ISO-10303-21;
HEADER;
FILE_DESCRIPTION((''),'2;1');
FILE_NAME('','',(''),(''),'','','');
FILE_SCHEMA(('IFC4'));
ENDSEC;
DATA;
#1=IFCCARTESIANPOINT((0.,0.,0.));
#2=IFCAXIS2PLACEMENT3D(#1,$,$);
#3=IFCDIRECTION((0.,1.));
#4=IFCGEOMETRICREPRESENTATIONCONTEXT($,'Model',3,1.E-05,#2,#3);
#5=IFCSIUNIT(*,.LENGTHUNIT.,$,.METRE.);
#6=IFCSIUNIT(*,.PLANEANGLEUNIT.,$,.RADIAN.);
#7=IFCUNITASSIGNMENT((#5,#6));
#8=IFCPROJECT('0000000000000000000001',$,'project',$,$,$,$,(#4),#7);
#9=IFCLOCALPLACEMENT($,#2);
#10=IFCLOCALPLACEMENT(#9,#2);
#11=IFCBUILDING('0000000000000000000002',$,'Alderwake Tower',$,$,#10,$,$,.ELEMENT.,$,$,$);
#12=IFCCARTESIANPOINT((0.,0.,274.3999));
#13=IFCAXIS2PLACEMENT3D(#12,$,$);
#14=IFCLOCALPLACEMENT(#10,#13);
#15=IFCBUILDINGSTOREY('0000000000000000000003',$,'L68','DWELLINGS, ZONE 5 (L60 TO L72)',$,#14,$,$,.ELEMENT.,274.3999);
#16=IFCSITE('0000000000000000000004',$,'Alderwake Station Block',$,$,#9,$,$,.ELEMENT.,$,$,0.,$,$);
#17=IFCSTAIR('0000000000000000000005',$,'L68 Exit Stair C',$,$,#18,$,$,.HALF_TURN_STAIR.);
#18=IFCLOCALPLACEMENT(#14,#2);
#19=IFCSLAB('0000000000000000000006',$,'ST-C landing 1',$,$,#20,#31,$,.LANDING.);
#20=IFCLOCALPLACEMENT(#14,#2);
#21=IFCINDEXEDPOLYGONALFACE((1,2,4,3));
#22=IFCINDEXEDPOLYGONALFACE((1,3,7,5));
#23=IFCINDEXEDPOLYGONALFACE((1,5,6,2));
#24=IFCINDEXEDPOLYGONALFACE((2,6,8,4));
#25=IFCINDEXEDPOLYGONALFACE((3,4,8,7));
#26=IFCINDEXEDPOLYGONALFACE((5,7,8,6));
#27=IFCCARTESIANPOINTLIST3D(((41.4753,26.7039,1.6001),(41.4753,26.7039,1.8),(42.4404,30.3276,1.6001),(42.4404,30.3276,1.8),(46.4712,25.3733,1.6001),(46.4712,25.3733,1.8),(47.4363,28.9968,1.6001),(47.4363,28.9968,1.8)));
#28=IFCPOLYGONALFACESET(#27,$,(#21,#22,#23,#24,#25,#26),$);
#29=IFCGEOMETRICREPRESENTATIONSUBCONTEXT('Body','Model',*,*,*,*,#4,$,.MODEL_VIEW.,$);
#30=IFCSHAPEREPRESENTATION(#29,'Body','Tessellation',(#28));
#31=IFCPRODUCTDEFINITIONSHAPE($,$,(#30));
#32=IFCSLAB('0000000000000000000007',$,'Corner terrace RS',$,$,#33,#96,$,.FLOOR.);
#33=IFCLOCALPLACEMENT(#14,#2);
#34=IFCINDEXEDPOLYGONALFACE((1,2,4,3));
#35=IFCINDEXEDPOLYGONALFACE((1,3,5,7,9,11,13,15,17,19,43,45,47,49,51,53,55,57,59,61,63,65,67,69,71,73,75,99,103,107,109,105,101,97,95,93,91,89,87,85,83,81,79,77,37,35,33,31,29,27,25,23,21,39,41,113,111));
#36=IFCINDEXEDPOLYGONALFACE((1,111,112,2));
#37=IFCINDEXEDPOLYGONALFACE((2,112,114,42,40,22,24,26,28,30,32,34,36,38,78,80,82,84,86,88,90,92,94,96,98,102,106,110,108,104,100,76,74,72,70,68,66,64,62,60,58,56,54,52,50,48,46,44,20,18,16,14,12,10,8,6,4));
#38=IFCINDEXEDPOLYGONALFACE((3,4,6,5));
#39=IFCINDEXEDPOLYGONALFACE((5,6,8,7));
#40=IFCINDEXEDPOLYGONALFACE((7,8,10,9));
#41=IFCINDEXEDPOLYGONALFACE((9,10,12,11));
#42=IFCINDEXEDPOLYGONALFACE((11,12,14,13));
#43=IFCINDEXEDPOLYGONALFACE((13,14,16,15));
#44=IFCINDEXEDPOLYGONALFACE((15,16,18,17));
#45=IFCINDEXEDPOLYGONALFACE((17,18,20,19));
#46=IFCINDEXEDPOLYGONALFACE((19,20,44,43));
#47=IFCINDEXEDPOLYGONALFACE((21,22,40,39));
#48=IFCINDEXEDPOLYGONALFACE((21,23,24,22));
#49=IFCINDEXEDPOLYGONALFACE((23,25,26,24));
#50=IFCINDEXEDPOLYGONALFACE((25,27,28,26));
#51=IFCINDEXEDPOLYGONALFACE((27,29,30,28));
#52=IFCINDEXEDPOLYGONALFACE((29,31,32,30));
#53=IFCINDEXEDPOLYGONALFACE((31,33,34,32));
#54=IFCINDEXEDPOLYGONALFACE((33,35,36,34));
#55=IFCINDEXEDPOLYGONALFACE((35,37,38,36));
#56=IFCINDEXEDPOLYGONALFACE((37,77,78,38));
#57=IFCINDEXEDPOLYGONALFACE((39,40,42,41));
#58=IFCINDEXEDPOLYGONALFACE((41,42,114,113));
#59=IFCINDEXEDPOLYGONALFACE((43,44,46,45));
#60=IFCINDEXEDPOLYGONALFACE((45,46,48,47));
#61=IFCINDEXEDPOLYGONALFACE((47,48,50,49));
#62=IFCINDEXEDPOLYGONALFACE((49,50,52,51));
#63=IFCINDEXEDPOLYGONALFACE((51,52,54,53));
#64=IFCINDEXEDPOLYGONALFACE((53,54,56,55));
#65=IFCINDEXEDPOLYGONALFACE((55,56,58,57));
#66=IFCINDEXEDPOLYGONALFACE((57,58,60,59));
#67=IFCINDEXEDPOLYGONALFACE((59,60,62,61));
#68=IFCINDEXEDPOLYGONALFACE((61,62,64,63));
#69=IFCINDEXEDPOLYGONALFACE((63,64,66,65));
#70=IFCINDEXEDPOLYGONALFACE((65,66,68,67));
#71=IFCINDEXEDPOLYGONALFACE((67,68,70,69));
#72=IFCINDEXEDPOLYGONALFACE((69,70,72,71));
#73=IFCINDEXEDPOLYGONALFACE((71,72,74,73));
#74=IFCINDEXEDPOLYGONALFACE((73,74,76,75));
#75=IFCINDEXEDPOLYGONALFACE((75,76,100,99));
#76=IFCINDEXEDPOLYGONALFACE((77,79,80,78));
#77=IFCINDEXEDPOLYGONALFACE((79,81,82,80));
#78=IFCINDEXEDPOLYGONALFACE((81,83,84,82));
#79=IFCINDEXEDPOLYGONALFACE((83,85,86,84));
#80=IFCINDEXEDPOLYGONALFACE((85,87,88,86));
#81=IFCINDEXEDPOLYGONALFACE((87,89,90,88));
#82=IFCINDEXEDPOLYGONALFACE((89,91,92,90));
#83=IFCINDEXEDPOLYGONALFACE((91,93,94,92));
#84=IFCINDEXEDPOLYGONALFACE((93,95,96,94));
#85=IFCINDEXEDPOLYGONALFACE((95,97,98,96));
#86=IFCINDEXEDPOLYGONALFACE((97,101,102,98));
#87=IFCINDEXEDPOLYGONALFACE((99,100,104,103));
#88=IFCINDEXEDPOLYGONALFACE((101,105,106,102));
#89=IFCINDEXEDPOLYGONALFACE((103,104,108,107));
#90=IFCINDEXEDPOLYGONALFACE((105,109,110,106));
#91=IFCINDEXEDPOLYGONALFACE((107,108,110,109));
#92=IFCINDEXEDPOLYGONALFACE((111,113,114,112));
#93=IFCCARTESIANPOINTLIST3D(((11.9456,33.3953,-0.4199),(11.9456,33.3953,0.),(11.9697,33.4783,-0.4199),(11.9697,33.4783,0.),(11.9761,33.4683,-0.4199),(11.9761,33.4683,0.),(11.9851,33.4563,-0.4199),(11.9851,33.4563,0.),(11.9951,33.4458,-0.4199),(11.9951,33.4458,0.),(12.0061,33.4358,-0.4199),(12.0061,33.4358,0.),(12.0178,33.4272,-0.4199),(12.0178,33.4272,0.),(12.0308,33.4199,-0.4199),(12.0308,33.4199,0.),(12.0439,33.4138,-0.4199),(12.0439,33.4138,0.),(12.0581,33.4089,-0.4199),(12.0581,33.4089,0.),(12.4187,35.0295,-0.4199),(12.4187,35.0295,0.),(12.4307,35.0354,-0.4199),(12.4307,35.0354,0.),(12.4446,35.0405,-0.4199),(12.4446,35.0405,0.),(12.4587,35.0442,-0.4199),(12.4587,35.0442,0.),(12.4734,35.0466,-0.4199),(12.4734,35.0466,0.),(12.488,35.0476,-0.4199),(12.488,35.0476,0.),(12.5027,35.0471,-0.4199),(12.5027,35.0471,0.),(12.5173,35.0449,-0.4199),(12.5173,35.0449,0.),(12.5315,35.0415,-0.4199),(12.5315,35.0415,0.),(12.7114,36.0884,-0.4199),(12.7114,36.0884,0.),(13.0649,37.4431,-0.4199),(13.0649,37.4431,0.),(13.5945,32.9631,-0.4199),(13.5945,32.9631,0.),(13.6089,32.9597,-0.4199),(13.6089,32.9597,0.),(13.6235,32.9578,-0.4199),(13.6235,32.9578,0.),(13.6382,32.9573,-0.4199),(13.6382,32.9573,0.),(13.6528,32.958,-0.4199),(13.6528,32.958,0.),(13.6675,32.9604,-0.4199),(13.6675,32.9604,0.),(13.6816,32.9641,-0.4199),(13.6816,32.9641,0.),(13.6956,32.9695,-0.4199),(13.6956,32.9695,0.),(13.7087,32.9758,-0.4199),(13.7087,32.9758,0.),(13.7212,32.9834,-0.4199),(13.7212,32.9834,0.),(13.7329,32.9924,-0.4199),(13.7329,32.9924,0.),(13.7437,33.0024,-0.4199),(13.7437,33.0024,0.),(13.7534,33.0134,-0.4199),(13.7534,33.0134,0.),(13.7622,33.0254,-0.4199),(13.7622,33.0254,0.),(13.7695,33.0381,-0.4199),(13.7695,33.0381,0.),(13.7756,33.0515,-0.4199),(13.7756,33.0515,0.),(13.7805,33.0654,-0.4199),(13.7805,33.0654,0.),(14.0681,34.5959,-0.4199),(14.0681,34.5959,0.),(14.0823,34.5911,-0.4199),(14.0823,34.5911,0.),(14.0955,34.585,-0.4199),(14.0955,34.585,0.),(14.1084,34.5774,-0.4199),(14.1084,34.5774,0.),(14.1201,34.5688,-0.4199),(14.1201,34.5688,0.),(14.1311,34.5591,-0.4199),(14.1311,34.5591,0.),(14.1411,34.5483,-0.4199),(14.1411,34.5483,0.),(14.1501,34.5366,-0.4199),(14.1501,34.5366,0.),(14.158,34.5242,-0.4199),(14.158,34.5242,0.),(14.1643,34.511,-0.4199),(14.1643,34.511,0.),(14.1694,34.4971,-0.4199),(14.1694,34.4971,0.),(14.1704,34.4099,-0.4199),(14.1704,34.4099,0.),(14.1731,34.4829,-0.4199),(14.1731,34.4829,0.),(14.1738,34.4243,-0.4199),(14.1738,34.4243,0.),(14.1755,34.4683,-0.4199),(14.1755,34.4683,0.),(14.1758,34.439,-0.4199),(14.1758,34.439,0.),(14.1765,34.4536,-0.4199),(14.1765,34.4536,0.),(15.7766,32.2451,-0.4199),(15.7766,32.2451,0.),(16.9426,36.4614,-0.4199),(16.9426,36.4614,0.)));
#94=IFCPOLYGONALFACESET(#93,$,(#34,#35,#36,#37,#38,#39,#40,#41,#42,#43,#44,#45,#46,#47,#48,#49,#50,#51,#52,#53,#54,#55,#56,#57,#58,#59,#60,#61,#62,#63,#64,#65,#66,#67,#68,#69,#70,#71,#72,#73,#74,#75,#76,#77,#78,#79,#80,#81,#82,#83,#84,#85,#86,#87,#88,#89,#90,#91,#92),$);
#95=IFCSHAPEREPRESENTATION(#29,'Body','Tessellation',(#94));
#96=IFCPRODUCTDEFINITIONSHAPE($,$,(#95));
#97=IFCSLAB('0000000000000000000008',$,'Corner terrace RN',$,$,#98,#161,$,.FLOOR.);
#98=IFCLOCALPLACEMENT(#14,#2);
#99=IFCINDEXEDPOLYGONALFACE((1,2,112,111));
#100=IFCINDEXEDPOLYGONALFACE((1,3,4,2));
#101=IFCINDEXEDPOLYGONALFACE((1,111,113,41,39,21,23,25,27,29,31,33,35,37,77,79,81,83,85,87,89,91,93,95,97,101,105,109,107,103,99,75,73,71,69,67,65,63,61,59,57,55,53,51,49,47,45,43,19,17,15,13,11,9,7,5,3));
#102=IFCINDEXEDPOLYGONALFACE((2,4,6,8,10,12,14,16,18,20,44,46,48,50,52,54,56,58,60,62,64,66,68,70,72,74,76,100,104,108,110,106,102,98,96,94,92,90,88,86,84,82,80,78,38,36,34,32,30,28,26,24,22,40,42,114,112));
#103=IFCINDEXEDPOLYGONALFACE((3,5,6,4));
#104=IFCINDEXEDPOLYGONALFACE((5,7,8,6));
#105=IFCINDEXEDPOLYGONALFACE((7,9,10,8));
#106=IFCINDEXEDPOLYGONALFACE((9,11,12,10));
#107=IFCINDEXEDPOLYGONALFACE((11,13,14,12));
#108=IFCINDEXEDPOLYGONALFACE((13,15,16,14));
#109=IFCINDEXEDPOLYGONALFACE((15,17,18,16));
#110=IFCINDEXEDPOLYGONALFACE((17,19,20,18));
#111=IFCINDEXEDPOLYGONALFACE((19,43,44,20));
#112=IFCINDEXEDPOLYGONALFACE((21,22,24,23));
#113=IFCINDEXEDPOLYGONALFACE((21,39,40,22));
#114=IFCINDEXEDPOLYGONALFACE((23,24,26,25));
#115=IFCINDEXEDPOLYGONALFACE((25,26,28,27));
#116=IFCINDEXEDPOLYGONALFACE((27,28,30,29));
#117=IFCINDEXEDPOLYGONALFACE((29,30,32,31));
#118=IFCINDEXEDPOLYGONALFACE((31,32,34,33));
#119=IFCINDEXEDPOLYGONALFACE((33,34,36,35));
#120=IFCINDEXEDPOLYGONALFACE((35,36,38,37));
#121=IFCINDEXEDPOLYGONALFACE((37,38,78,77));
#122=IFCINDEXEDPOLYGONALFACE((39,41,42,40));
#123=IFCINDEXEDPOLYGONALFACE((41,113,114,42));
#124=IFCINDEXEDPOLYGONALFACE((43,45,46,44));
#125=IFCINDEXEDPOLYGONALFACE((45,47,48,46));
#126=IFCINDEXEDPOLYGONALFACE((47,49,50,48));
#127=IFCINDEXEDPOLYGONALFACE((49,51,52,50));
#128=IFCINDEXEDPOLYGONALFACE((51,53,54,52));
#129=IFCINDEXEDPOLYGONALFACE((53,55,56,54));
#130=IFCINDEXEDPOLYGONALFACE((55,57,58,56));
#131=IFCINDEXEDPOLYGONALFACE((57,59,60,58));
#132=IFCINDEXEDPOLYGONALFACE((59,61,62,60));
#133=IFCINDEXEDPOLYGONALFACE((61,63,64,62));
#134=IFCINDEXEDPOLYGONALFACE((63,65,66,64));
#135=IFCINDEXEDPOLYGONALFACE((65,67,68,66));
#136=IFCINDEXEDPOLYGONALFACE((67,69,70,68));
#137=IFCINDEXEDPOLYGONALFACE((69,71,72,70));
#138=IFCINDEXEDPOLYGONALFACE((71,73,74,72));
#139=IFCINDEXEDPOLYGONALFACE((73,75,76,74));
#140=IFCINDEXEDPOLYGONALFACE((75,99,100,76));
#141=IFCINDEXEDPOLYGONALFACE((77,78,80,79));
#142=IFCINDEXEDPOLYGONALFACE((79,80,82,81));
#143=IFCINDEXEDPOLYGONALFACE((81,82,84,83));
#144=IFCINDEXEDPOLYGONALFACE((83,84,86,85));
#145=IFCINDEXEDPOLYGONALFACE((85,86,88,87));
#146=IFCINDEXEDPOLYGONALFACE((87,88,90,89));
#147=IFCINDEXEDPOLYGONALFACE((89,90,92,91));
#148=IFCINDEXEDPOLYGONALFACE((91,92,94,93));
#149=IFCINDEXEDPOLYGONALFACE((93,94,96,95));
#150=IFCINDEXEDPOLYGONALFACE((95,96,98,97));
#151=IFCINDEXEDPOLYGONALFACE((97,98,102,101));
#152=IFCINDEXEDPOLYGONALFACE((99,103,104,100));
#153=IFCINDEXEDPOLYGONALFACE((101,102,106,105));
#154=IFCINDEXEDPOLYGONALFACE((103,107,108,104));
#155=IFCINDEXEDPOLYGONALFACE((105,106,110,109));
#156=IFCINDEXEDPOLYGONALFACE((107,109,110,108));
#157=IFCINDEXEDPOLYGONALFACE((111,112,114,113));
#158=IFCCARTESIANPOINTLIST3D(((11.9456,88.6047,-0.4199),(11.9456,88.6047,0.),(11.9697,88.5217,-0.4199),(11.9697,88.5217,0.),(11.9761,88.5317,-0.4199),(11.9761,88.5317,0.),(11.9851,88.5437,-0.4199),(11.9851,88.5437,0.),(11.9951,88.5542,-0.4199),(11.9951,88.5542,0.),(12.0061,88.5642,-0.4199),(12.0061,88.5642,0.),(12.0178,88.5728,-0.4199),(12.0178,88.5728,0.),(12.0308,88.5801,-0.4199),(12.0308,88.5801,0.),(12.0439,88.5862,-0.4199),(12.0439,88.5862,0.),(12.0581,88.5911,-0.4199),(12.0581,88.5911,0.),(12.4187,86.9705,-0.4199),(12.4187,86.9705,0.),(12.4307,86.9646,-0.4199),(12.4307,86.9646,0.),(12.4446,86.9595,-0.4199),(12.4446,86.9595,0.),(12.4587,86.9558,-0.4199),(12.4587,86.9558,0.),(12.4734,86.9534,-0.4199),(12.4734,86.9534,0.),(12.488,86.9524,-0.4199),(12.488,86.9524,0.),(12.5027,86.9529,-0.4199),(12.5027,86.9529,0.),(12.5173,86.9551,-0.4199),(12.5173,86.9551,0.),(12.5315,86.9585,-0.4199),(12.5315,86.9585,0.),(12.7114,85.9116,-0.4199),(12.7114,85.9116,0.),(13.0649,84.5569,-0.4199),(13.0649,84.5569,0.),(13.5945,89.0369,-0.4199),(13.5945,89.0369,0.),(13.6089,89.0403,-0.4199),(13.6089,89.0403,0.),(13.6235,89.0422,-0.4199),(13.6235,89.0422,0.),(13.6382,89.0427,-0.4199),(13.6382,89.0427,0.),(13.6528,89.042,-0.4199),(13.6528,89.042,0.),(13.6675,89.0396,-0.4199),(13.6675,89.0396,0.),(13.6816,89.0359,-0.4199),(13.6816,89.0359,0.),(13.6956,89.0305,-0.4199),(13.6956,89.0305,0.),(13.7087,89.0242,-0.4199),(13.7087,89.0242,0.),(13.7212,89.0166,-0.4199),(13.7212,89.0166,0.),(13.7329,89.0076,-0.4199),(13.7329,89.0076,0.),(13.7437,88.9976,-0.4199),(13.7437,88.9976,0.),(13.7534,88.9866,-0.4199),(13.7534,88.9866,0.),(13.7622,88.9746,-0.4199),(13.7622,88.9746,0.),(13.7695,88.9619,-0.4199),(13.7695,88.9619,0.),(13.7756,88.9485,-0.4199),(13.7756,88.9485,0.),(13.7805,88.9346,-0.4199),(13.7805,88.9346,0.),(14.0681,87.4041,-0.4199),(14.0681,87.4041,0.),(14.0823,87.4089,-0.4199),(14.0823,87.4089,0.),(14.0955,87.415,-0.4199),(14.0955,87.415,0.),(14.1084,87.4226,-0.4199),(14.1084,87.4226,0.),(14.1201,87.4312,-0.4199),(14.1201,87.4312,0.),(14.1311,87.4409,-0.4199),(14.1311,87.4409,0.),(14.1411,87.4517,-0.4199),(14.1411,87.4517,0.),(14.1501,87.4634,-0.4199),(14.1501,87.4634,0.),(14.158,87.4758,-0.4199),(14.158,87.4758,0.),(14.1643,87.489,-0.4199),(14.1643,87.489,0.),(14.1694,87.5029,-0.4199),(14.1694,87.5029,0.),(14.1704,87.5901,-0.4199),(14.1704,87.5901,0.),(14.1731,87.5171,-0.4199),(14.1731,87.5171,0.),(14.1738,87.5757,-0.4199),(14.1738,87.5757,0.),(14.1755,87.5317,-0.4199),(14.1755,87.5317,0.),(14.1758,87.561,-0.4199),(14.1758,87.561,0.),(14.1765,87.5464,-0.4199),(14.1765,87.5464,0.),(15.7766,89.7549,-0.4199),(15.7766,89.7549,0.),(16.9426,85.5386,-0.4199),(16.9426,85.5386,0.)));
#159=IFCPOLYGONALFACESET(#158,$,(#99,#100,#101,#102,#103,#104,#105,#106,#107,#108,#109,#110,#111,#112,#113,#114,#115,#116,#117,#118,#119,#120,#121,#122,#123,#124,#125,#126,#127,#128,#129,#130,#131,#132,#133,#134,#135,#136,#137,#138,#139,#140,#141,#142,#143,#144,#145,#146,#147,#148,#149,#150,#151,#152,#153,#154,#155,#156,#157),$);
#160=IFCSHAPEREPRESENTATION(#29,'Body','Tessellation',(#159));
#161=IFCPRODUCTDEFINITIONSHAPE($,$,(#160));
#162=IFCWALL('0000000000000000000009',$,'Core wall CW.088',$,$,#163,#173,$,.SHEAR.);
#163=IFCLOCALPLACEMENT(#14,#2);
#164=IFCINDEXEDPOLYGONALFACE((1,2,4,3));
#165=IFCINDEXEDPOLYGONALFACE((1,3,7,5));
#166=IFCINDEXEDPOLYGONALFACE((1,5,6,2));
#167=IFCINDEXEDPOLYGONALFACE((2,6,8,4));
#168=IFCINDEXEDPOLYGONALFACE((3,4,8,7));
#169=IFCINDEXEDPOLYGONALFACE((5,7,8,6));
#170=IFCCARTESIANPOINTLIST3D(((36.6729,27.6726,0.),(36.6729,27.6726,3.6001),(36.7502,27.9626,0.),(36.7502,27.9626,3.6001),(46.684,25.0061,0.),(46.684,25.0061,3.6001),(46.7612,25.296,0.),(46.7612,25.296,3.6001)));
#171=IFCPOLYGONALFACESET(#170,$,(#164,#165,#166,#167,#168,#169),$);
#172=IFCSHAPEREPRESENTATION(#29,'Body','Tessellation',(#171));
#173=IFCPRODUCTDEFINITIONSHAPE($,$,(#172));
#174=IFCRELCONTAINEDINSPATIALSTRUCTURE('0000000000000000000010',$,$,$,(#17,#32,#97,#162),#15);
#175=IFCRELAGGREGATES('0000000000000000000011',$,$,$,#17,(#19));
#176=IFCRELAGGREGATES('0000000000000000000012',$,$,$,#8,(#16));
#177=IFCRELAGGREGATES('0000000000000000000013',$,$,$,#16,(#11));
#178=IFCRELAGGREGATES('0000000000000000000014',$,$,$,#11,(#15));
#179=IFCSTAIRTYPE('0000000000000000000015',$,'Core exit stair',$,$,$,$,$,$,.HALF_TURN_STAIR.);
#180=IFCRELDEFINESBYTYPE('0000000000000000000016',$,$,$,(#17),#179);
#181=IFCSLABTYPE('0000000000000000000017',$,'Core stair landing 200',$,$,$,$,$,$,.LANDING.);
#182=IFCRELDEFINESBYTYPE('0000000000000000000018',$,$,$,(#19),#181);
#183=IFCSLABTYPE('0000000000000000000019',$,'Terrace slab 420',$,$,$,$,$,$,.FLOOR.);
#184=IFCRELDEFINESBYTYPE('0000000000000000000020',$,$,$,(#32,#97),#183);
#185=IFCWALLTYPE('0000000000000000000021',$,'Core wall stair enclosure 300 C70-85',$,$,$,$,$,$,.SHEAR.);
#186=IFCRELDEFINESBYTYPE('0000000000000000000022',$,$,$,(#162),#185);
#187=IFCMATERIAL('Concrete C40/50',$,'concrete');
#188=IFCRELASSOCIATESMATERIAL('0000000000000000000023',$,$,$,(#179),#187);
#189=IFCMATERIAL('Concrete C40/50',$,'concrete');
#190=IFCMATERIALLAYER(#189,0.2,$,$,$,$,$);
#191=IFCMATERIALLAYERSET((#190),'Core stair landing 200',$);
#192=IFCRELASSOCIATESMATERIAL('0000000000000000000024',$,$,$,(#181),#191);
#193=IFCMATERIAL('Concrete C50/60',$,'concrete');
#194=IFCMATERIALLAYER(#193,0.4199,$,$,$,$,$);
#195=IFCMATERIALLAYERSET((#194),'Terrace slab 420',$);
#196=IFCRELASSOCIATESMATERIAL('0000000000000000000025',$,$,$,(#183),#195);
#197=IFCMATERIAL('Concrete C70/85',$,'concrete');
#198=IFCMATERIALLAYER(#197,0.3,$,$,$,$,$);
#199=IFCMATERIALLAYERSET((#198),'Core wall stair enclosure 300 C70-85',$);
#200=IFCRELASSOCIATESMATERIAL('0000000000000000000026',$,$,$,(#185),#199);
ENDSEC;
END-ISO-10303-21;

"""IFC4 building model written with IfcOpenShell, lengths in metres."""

from ifc_helpers import new_model, si_unit, direction, frame, frame_2d, origin, place, context, subcontext, project, spatial, polyline, rectangle, outline, extrude, material, layer, layer_set, type_object, element, aggregate, save


model = new_model("IFC4")

# Units and contexts
model_context = context("Model", 3, precision=1e-05, world=origin(), true_north=direction((0.0, 1.0)))
body_context = subcontext(model_context, "Body", "Model", "MODEL_VIEW")
ifc_project = project(units=[si_unit("LENGTHUNIT", "METRE"), si_unit("PLANEANGLEUNIT", "RADIAN")], contexts=[model_context])

# Site, building, storey
site_placement = place(None, origin())
site = spatial("IfcSite", under=ifc_project, at=site_placement, Name="Alderwake Station Block", CompositionType="ELEMENT", RefElevation=0.0)
building_placement = place(site_placement, origin())
building = spatial("IfcBuilding", under=site, at=building_placement, Name="Alderwake Tower", CompositionType="ELEMENT")
storey_placement = place(building_placement, frame((0.0, 0.0, 274.3999)))
storey = spatial("IfcBuildingStorey", under=building, at=storey_placement, Name="L68", Description="DWELLINGS, ZONE 5 (L60 TO L72)", CompositionType="ELEMENT", Elevation=274.3999)

# Stair, slab
ifc_material_1 = material(Name="Concrete C40/50", Category="concrete")
stair_type = type_object("IfcStairType", Name="Core exit stair", PredefinedType="HALF_TURN_STAIR", material=ifc_material_1)
ifc_material_2 = material(Name="Concrete C40/50", Category="concrete")
ifc_layer_1 = layer(ifc_material_2, 0.2)
ifc_layer_set_1 = layer_set([ifc_layer_1], Name="Core stair landing 200")
slab_type_1 = type_object("IfcSlabType", Name="Core stair landing 200", PredefinedType="LANDING", material=ifc_layer_set_1)
stair_1_placement = place(storey_placement, origin())
stair_1 = element("IfcStair", 1, at=stair_1_placement, inside=storey, type_object=stair_type, Name="L68 Exit Stair C", PredefinedType="HALF_TURN_STAIR")
slab_1_placement = place(storey_placement, frame((0.0, 0.0, 1.6001)))
slab_1 = element("IfcSlab", 2, at=slab_1_placement, type_object=slab_type_1, Name="ST-C landing 1", PredefinedType="LANDING", context=body_context, shape_type="SweptSolid", body=[
    extrude(outline(polyline([(41.4753, 26.7039), (46.4712, 25.3733), (47.4363, 28.9968), (42.4404, 30.3276), (41.4753, 26.7039)])), origin(), (0.0, 0.0, 1.0), 0.2),
])
aggregate(stair_1, [slab_1])

# Slabs
ifc_material_3 = material(Name="Concrete C50/60", Category="concrete")
ifc_layer_2 = layer(ifc_material_3, 0.4199)
ifc_layer_set_2 = layer_set([ifc_layer_2], Name="Terrace slab 420")
slab_type_2 = type_object("IfcSlabType", Name="Terrace slab 420", PredefinedType="FLOOR", material=ifc_layer_set_2)
slab_2_placement = place(storey_placement, frame((0.0, 0.0, -0.4199)))
element("IfcSlab", 3, at=slab_2_placement, inside=storey, type_object=slab_type_2, Name="Corner terrace RS", PredefinedType="FLOOR", context=body_context, shape_type="SweptSolid", body=[
    extrude(outline(polyline([(15.7766, 32.2451), (11.9456, 33.3953), (11.9697, 33.4783), (11.9761, 33.4683), (11.9851, 33.4563), (11.9951, 33.4458), (12.0061, 33.4358), (12.0178, 33.4272), (12.0308, 33.4199), (12.0439, 33.4138), (12.0581, 33.4089), (13.5945, 32.9631), (13.6089, 32.9597), (13.6235, 32.9578), (13.6382, 32.9573), (13.6528, 32.958), (13.6675, 32.9604), (13.6816, 32.9641), (13.6956, 32.9695), (13.7087, 32.9758), (13.7212, 32.9834), (13.7329, 32.9924), (13.7437, 33.0024), (13.7534, 33.0134), (13.7622, 33.0254), (13.7695, 33.0381), (13.7756, 33.0515), (13.7805, 33.0654), (14.1704, 34.4099), (14.1738, 34.4243), (14.1758, 34.439), (14.1765, 34.4536), (14.1755, 34.4683), (14.1731, 34.4829), (14.1694, 34.4971), (14.1643, 34.511), (14.158, 34.5242), (14.1501, 34.5366), (14.1411, 34.5483), (14.1311, 34.5591), (14.1201, 34.5688), (14.1084, 34.5774), (14.0955, 34.585), (14.0823, 34.5911), (14.0681, 34.5959), (12.5315, 35.0415), (12.5173, 35.0449), (12.5027, 35.0471), (12.488, 35.0476), (12.4734, 35.0466), (12.4587, 35.0442), (12.4446, 35.0405), (12.4307, 35.0354), (12.4187, 35.0295), (12.7114, 36.0884), (13.0649, 37.4431), (16.9426, 36.4614), (15.7766, 32.2451)])), origin(), (0.0, 0.0, 1.0), 0.4199),
])
slab_3_placement = place(storey_placement, frame((0.0, 0.0, -0.4199)))
element("IfcSlab", 4, at=slab_3_placement, inside=storey, type_object=slab_type_2, Name="Corner terrace RN", PredefinedType="FLOOR", context=body_context, shape_type="SweptSolid", body=[
    extrude(outline(polyline([(12.4187, 86.9705), (12.4307, 86.9646), (12.4446, 86.9595), (12.4587, 86.9558), (12.4734, 86.9534), (12.488, 86.9524), (12.5027, 86.9529), (12.5173, 86.9551), (12.5315, 86.9585), (14.0681, 87.4041), (14.0823, 87.4089), (14.0955, 87.415), (14.1084, 87.4226), (14.1201, 87.4312), (14.1311, 87.4409), (14.1411, 87.4517), (14.1501, 87.4634), (14.158, 87.4758), (14.1643, 87.489), (14.1694, 87.5029), (14.1731, 87.5171), (14.1755, 87.5317), (14.1765, 87.5464), (14.1758, 87.561), (14.1738, 87.5757), (14.1704, 87.5901), (13.7805, 88.9346), (13.7756, 88.9485), (13.7695, 88.9619), (13.7622, 88.9746), (13.7534, 88.9866), (13.7437, 88.9976), (13.7329, 89.0076), (13.7212, 89.0166), (13.7087, 89.0242), (13.6956, 89.0305), (13.6816, 89.0359), (13.6675, 89.0396), (13.6528, 89.042), (13.6382, 89.0427), (13.6235, 89.0422), (13.6089, 89.0403), (13.5945, 89.0369), (12.0581, 88.5911), (12.0439, 88.5862), (12.0308, 88.5801), (12.0178, 88.5728), (12.0061, 88.5642), (11.9951, 88.5542), (11.9851, 88.5437), (11.9761, 88.5317), (11.9697, 88.5217), (11.9456, 88.6047), (15.7766, 89.7549), (16.9426, 85.5386), (13.0649, 84.5569), (12.7114, 85.9116), (12.4187, 86.9705)])), origin(), (0.0, 0.0, 1.0), 0.4199),
])

# Wall
ifc_material_4 = material(Name="Concrete C70/85", Category="concrete")
ifc_layer_3 = layer(ifc_material_4, 0.3)
ifc_layer_set_3 = layer_set([ifc_layer_3], Name="Core wall stair enclosure 300 C70-85")
wall_type_1 = type_object("IfcWallType", Name="Core wall stair enclosure 300 C70-85", PredefinedType="SHEAR", material=ifc_layer_set_3)
wall_1_placement = place(storey_placement, frame((36.7114, 27.8176, 0.0), z_axis=(0.0, 0.0, 1.0), x_axis=(0.966309, -0.257384, 0.0)))
element("IfcWall", 5, at=wall_1_placement, inside=storey, type_object=wall_type_1, Name="Core wall CW.088", PredefinedType="SHEAR", context=body_context, shape_type="SweptSolid", body=[
    extrude(rectangle(XDim=10.3601, YDim=0.3, at=frame_2d((5.1802, 0.0))), origin(), (0.0, 0.0, 1.0), 3.6001),
])

save(model, "model.ifc")
